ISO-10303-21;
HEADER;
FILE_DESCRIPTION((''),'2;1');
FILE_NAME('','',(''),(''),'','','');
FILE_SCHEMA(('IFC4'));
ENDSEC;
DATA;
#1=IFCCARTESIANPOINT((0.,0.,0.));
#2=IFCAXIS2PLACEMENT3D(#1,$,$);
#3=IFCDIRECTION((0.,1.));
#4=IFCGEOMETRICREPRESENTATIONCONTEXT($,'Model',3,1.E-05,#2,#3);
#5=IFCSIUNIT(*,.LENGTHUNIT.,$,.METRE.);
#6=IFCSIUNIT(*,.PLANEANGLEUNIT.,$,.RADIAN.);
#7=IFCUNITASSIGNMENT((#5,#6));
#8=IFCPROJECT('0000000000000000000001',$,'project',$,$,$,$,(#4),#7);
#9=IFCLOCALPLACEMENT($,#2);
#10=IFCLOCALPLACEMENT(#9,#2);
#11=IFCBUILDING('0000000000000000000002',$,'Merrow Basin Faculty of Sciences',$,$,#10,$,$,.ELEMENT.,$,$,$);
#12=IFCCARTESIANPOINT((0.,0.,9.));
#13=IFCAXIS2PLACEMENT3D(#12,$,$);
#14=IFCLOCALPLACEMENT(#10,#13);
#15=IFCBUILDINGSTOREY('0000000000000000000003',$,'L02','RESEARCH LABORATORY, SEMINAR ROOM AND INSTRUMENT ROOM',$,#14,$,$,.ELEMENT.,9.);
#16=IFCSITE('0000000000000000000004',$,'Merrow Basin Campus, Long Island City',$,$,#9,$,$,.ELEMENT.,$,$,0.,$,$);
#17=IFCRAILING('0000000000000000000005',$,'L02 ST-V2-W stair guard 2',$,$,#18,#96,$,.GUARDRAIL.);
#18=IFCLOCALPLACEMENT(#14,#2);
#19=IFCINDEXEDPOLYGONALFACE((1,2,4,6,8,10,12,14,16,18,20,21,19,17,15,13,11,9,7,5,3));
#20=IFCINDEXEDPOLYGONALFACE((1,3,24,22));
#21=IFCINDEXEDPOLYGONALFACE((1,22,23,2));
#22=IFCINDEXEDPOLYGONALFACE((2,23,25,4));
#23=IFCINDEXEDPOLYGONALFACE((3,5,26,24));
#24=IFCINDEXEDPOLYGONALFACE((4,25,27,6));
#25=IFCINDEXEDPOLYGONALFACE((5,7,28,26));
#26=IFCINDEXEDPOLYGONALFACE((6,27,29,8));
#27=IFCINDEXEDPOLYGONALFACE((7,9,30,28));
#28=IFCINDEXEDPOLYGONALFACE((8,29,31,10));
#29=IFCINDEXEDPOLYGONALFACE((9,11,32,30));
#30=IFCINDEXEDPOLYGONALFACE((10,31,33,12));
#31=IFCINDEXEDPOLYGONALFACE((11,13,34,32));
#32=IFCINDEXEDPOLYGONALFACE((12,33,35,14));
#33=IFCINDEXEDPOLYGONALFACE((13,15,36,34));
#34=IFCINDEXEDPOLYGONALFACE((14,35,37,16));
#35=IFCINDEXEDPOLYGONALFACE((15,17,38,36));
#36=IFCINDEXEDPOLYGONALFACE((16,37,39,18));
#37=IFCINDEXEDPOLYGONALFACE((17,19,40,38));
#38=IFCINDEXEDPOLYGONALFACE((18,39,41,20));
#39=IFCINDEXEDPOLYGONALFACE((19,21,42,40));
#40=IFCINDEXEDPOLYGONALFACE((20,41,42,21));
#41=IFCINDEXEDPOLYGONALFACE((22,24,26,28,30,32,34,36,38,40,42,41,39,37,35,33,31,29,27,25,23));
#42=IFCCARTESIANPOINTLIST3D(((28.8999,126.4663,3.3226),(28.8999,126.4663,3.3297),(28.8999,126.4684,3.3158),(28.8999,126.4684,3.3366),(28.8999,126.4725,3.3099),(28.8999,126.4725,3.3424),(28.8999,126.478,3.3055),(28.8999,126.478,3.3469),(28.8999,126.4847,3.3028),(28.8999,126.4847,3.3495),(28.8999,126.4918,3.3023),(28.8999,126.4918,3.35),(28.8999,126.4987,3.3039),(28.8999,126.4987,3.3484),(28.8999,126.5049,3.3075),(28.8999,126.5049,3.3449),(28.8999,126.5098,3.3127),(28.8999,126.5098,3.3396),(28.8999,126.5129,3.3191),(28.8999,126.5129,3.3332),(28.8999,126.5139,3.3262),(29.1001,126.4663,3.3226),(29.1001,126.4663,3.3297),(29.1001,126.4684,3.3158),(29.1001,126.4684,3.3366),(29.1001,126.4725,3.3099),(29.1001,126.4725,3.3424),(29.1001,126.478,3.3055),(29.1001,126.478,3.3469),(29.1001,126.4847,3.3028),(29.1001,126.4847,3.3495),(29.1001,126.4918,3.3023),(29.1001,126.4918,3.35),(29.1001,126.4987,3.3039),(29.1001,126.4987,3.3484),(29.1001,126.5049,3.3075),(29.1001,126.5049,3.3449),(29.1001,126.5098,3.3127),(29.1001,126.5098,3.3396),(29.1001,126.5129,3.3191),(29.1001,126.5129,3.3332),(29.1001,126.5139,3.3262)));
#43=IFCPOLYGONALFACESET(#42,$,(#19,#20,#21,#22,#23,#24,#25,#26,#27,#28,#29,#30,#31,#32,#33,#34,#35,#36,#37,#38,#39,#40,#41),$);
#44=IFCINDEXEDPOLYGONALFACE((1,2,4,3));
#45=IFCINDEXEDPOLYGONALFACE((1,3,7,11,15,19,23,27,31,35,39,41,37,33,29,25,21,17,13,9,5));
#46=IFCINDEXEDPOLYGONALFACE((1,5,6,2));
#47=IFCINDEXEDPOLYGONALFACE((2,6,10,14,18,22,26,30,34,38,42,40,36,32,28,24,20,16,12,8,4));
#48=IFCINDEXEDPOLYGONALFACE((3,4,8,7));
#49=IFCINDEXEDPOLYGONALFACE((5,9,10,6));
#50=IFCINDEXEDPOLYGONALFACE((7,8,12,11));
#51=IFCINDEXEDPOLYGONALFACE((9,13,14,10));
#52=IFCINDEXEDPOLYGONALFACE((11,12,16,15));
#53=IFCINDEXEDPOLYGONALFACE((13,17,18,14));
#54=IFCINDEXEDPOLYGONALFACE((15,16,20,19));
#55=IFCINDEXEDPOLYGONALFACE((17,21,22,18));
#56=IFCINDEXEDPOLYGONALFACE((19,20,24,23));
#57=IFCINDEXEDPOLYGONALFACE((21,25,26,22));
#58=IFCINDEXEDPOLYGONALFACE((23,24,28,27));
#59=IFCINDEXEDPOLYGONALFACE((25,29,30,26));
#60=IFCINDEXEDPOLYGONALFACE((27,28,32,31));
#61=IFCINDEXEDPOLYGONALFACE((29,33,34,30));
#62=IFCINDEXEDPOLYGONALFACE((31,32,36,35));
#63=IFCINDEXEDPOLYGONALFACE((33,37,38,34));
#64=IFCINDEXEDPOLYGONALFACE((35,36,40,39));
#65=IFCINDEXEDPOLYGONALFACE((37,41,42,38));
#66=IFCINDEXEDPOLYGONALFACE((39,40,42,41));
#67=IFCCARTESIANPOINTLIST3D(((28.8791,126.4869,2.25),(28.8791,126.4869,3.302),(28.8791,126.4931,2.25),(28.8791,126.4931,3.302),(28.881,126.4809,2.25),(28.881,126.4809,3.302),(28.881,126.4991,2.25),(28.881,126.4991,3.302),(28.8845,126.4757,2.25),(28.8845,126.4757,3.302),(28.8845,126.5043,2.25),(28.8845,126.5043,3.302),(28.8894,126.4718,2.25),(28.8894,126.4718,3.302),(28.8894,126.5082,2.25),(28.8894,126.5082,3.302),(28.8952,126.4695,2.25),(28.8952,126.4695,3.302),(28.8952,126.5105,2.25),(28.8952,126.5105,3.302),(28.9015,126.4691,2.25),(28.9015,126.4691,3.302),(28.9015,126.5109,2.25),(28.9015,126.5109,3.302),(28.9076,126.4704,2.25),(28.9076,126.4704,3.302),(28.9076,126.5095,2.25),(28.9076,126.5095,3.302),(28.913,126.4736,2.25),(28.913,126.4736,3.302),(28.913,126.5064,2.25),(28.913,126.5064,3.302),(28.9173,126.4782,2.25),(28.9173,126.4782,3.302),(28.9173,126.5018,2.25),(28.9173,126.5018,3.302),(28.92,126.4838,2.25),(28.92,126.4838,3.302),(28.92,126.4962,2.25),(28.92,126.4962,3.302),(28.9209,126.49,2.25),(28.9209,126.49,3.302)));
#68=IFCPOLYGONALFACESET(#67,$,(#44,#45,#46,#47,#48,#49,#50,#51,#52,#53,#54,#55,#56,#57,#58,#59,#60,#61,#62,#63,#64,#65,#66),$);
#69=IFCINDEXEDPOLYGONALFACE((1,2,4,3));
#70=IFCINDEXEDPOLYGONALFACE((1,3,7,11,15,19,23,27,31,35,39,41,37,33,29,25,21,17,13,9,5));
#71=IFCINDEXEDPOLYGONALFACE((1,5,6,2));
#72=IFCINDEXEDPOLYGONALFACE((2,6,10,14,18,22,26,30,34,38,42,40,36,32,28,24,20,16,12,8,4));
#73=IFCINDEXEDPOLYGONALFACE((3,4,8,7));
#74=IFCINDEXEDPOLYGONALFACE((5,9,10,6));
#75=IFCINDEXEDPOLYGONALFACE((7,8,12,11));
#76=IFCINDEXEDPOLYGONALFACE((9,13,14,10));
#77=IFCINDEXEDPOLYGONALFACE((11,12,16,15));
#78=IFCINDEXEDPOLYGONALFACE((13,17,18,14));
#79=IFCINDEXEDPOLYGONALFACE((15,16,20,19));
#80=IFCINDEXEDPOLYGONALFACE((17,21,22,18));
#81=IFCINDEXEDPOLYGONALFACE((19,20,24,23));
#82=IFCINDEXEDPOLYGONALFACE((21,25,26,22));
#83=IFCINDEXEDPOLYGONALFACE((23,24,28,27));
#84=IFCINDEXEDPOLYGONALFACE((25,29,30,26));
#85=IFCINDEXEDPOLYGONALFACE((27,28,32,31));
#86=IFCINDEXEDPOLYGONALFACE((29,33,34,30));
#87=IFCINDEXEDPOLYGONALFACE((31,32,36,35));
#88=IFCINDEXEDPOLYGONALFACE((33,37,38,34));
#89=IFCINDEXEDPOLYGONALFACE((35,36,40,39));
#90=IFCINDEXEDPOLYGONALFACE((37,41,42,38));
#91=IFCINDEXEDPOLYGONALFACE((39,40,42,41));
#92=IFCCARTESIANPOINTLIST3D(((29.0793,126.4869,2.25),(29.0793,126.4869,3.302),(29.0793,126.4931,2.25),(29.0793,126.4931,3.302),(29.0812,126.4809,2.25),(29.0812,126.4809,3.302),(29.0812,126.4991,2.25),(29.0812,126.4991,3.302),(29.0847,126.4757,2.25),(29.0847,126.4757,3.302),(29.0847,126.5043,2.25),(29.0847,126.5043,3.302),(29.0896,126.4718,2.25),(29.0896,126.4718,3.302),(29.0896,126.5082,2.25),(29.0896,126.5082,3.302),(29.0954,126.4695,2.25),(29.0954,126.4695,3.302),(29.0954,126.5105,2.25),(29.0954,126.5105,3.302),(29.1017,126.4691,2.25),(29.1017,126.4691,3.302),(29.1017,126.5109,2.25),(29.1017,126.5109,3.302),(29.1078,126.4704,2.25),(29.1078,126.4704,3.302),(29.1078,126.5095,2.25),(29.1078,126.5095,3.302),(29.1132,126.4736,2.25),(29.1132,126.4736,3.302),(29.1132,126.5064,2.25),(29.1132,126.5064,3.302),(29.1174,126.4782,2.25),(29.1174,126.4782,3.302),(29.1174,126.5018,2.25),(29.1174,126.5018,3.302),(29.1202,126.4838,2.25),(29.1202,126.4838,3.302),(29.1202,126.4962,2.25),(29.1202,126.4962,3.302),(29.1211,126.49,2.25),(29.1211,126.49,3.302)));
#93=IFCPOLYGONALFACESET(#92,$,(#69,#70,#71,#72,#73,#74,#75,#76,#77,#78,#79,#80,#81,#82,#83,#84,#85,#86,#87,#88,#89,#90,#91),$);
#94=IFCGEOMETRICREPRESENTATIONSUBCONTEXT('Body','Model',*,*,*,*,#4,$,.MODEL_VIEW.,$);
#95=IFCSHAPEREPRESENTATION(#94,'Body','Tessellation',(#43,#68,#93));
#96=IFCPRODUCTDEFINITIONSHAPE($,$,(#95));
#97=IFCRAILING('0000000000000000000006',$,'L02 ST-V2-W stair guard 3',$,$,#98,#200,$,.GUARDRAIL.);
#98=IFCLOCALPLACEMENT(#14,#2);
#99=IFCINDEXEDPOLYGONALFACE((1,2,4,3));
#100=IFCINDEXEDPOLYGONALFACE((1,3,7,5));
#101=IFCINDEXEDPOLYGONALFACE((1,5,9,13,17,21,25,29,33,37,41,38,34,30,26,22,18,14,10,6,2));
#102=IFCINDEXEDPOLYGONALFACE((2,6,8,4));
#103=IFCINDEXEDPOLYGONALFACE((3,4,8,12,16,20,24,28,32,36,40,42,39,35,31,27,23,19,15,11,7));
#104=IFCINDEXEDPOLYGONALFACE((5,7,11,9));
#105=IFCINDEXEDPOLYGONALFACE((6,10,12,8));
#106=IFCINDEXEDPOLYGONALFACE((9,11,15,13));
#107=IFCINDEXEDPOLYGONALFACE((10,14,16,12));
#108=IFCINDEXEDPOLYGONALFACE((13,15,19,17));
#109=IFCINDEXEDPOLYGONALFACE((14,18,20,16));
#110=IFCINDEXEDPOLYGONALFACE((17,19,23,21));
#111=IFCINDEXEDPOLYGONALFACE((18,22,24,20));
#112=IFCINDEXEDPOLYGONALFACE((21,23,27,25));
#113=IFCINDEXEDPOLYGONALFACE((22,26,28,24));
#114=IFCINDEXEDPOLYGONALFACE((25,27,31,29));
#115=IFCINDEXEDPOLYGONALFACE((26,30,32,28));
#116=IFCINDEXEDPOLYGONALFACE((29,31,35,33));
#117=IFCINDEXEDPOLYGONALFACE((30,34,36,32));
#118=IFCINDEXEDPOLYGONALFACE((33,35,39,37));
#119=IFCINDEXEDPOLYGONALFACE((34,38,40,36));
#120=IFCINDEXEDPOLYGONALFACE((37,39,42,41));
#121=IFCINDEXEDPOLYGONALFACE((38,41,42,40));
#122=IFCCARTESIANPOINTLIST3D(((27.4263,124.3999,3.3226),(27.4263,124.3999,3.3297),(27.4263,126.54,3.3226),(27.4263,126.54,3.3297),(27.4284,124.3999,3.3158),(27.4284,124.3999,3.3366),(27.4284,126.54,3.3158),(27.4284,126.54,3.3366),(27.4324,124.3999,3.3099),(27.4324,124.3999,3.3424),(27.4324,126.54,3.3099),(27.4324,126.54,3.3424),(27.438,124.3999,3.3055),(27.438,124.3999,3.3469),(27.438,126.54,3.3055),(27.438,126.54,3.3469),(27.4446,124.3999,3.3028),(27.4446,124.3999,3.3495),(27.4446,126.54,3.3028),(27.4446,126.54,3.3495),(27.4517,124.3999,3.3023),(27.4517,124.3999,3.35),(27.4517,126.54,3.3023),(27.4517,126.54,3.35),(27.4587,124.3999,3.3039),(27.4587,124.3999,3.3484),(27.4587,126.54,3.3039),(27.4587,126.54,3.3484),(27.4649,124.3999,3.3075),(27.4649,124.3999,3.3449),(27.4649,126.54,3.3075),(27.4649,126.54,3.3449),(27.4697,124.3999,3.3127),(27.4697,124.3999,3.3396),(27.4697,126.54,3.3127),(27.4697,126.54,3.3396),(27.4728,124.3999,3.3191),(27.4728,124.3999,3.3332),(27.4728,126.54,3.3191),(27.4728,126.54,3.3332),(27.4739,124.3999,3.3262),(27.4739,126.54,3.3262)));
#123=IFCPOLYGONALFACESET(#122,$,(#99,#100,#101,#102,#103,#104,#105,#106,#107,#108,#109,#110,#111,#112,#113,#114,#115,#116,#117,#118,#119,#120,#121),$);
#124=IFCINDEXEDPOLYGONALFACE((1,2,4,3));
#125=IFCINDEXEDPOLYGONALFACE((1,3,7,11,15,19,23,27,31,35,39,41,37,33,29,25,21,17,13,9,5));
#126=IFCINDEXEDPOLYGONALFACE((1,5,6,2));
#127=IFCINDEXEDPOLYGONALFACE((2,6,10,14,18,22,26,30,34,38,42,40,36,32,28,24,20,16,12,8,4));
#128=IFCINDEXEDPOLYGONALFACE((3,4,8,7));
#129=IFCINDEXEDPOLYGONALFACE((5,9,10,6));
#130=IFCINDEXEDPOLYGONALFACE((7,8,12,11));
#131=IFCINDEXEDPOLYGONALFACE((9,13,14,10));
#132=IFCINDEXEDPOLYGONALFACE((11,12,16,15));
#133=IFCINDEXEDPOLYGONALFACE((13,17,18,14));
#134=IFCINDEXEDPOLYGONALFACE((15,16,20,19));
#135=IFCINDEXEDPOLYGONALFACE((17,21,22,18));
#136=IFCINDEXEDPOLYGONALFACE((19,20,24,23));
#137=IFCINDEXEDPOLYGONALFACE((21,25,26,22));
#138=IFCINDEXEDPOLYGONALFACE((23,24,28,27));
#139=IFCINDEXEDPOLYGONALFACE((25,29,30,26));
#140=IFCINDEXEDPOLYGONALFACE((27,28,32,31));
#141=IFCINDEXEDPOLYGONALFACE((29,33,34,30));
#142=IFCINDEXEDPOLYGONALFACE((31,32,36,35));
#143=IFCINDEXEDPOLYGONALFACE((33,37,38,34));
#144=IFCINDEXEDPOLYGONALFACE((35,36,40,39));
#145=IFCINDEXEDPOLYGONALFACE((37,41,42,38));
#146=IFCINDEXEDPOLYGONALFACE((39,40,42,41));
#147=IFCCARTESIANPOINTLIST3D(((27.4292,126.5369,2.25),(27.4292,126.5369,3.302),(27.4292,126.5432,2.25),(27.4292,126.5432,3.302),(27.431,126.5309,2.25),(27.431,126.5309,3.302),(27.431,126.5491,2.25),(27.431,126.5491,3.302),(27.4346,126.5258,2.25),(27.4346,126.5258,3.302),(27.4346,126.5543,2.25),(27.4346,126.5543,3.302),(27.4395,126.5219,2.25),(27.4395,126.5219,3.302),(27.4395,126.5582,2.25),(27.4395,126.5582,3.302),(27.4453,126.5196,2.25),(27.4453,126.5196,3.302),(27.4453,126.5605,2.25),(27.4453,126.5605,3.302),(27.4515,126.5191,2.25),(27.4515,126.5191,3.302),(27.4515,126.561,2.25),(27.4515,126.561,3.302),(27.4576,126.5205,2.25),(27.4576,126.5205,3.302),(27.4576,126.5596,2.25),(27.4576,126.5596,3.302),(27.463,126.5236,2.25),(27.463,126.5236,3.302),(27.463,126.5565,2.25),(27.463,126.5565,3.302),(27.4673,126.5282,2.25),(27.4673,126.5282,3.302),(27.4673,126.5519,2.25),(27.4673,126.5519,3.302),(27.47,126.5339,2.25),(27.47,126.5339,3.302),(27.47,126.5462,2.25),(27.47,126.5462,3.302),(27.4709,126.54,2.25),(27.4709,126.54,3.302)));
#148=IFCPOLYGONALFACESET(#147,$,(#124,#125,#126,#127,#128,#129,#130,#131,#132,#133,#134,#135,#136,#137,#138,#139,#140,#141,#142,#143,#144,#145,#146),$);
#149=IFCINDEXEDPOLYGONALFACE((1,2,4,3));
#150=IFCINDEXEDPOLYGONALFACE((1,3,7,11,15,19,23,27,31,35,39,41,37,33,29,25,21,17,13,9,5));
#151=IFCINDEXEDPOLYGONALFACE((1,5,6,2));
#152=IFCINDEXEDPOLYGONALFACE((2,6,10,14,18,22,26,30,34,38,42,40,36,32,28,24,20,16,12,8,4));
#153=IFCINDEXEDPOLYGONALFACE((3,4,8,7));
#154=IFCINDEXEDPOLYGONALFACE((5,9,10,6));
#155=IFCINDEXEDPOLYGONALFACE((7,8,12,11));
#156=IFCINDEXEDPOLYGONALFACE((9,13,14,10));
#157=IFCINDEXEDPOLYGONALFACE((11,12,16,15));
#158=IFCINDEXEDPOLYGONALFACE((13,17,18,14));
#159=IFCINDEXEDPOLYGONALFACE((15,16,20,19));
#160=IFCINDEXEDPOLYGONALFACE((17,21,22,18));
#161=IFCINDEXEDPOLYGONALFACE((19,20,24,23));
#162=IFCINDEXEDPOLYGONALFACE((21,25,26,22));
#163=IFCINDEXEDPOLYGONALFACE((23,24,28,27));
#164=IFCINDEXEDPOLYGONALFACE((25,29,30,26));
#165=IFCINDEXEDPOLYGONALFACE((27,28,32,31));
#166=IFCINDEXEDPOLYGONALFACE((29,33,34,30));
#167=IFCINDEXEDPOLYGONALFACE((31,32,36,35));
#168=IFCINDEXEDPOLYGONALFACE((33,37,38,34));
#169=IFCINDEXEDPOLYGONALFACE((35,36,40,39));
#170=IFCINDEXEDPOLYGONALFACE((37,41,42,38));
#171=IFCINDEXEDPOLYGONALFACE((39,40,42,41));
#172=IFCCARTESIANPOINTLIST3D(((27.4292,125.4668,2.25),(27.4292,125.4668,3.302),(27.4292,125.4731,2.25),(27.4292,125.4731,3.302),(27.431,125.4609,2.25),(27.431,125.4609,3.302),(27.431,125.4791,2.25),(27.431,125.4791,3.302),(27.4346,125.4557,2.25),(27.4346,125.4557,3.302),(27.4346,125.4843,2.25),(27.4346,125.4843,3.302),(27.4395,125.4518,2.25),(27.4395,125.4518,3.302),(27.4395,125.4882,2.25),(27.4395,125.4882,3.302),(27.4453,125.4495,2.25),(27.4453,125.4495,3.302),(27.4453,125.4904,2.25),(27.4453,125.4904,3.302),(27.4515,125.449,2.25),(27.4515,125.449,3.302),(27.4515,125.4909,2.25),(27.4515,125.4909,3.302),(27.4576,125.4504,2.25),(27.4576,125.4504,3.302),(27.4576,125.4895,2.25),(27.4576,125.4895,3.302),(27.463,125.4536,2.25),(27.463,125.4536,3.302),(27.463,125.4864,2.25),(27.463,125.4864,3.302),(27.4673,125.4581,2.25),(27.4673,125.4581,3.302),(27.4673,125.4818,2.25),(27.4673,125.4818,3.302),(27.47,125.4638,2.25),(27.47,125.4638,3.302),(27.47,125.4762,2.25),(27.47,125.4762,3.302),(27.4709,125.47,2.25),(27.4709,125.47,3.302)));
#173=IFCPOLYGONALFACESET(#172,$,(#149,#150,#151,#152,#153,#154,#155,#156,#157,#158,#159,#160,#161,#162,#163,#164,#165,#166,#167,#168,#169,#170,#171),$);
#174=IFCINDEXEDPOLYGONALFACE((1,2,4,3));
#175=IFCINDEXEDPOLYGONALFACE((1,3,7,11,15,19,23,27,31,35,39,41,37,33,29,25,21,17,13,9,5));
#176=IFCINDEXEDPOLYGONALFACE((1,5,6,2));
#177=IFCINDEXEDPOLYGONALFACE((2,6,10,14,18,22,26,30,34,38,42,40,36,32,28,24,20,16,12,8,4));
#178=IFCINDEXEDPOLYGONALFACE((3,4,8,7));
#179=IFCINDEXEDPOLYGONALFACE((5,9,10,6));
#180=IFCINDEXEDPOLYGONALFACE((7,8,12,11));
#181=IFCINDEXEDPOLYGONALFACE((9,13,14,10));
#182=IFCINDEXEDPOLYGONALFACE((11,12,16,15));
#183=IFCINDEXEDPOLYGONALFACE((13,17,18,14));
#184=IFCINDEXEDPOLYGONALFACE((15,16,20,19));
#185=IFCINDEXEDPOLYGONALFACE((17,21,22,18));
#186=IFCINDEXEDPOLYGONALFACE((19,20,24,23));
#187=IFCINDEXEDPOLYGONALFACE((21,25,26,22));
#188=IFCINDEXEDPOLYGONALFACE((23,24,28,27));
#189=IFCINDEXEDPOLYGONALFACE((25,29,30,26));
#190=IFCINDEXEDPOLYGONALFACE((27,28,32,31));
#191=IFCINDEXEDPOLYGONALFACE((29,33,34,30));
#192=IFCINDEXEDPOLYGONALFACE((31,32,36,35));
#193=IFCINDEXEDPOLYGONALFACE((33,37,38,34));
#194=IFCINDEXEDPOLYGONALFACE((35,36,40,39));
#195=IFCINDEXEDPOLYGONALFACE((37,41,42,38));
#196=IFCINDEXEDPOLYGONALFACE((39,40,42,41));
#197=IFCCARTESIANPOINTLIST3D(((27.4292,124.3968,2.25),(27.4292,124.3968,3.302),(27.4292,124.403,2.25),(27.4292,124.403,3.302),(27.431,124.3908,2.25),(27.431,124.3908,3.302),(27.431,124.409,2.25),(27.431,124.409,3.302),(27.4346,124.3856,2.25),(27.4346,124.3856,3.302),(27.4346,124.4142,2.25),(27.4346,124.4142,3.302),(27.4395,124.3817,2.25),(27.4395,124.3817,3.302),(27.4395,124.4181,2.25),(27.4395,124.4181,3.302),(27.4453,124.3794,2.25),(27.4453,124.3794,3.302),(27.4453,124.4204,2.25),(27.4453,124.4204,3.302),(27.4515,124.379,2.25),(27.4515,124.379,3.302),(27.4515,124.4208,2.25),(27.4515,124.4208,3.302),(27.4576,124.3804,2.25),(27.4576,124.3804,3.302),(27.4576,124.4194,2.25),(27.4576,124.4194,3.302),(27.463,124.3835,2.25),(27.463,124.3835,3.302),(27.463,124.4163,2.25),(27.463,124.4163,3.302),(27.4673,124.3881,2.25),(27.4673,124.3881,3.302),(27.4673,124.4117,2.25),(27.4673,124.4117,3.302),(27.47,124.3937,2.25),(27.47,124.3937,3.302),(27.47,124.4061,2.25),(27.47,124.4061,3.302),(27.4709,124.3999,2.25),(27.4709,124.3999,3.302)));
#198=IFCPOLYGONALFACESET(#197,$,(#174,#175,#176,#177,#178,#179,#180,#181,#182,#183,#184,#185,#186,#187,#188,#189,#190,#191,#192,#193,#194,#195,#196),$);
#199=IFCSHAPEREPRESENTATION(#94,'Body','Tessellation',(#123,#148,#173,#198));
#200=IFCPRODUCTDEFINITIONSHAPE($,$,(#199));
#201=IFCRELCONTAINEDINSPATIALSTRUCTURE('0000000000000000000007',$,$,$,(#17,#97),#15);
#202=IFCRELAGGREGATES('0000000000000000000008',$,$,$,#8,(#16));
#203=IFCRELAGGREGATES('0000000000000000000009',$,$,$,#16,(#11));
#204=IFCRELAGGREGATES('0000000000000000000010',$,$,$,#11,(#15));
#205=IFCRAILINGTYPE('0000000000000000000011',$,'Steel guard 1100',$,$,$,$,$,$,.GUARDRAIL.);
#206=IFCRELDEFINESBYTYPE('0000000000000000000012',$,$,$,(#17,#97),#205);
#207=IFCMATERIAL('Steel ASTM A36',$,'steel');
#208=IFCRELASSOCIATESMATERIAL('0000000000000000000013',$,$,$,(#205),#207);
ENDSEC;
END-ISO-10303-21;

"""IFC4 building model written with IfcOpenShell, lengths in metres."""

from ifc_helpers import new_model, si_unit, direction, frame, origin, origin_2d, place, context, subcontext, project, spatial, circle, extrude, material, type_object, element, save


model = new_model("IFC4")

# Units and contexts
model_context = context("Model", 3, precision=1e-05, world=origin(), true_north=direction((0.0, 1.0)))
body_context = subcontext(model_context, "Body", "Model", "MODEL_VIEW")
ifc_project = project(units=[si_unit("LENGTHUNIT", "METRE"), si_unit("PLANEANGLEUNIT", "RADIAN")], contexts=[model_context])

# Site, building, storey
site_placement = place(None, origin())
site = spatial("IfcSite", under=ifc_project, at=site_placement, Name="Merrow Basin Campus, Long Island City", CompositionType="ELEMENT", RefElevation=0.0)
building_placement = place(site_placement, origin())
building = spatial("IfcBuilding", under=site, at=building_placement, Name="Merrow Basin Faculty of Sciences", CompositionType="ELEMENT")
storey_placement = place(building_placement, frame((0.0, 0.0, 9.0)))
storey = spatial("IfcBuildingStorey", under=building, at=storey_placement, Name="L02", Description="RESEARCH LABORATORY, SEMINAR ROOM AND INSTRUMENT ROOM", CompositionType="ELEMENT", Elevation=9.0)

# Railings
ifc_material_1 = material(Name="Steel ASTM A36", Category="steel")
railing_type_1 = type_object("IfcRailingType", Name="Steel guard 1100", PredefinedType="GUARDRAIL", material=ifc_material_1)
railing_1_placement = place(storey_placement, frame((28.8999, 126.49, 2.25)))
element("IfcRailing", 1, at=railing_1_placement, inside=storey, type_object=railing_type_1, Name="L02 ST-V2-W stair guard 2", PredefinedType="GUARDRAIL", context=body_context, shape_type="SweptSolid", body=[
    extrude(circle(Radius=0.0239, at=origin_2d()), frame((0.0, 0.0, 1.0762), z_axis=(1.0, 0.0, 0.0), x_axis=(0.0, 1.0, 0.0)), (0.0, 0.0, 1.0), 0.2002),
    extrude(circle(Radius=0.021, at=origin_2d()), origin(), (0.0, 0.0, 1.0), 1.052),
    extrude(circle(Radius=0.021, at=origin_2d()), frame((0.2002, 0.0, 0.0)), (0.0, 0.0, 1.0), 1.052),
])
railing_2_placement = place(storey_placement, frame((27.45, 126.54, 2.25)))
element("IfcRailing", 2, at=railing_2_placement, inside=storey, type_object=railing_type_1, Name="L02 ST-V2-W stair guard 3", PredefinedType="GUARDRAIL", context=body_context, shape_type="SweptSolid", body=[
    extrude(circle(Radius=0.0239, at=origin_2d()), frame((0.0, 0.0, 1.0762), z_axis=(0.0, -1.0, 0.0), x_axis=(1.0, 0.0, 0.0)), (0.0, 0.0, 1.0), 2.1401),
    extrude(circle(Radius=0.021, at=origin_2d()), origin(), (0.0, 0.0, 1.0), 1.052),
    extrude(circle(Radius=0.021, at=origin_2d()), frame((0.0, -1.0701, 0.0)), (0.0, 0.0, 1.0), 1.052),
    extrude(circle(Radius=0.021, at=origin_2d()), frame((0.0, -2.1401, 0.0)), (0.0, 0.0, 1.0), 1.052),
])

save(model, "model.ifc")
